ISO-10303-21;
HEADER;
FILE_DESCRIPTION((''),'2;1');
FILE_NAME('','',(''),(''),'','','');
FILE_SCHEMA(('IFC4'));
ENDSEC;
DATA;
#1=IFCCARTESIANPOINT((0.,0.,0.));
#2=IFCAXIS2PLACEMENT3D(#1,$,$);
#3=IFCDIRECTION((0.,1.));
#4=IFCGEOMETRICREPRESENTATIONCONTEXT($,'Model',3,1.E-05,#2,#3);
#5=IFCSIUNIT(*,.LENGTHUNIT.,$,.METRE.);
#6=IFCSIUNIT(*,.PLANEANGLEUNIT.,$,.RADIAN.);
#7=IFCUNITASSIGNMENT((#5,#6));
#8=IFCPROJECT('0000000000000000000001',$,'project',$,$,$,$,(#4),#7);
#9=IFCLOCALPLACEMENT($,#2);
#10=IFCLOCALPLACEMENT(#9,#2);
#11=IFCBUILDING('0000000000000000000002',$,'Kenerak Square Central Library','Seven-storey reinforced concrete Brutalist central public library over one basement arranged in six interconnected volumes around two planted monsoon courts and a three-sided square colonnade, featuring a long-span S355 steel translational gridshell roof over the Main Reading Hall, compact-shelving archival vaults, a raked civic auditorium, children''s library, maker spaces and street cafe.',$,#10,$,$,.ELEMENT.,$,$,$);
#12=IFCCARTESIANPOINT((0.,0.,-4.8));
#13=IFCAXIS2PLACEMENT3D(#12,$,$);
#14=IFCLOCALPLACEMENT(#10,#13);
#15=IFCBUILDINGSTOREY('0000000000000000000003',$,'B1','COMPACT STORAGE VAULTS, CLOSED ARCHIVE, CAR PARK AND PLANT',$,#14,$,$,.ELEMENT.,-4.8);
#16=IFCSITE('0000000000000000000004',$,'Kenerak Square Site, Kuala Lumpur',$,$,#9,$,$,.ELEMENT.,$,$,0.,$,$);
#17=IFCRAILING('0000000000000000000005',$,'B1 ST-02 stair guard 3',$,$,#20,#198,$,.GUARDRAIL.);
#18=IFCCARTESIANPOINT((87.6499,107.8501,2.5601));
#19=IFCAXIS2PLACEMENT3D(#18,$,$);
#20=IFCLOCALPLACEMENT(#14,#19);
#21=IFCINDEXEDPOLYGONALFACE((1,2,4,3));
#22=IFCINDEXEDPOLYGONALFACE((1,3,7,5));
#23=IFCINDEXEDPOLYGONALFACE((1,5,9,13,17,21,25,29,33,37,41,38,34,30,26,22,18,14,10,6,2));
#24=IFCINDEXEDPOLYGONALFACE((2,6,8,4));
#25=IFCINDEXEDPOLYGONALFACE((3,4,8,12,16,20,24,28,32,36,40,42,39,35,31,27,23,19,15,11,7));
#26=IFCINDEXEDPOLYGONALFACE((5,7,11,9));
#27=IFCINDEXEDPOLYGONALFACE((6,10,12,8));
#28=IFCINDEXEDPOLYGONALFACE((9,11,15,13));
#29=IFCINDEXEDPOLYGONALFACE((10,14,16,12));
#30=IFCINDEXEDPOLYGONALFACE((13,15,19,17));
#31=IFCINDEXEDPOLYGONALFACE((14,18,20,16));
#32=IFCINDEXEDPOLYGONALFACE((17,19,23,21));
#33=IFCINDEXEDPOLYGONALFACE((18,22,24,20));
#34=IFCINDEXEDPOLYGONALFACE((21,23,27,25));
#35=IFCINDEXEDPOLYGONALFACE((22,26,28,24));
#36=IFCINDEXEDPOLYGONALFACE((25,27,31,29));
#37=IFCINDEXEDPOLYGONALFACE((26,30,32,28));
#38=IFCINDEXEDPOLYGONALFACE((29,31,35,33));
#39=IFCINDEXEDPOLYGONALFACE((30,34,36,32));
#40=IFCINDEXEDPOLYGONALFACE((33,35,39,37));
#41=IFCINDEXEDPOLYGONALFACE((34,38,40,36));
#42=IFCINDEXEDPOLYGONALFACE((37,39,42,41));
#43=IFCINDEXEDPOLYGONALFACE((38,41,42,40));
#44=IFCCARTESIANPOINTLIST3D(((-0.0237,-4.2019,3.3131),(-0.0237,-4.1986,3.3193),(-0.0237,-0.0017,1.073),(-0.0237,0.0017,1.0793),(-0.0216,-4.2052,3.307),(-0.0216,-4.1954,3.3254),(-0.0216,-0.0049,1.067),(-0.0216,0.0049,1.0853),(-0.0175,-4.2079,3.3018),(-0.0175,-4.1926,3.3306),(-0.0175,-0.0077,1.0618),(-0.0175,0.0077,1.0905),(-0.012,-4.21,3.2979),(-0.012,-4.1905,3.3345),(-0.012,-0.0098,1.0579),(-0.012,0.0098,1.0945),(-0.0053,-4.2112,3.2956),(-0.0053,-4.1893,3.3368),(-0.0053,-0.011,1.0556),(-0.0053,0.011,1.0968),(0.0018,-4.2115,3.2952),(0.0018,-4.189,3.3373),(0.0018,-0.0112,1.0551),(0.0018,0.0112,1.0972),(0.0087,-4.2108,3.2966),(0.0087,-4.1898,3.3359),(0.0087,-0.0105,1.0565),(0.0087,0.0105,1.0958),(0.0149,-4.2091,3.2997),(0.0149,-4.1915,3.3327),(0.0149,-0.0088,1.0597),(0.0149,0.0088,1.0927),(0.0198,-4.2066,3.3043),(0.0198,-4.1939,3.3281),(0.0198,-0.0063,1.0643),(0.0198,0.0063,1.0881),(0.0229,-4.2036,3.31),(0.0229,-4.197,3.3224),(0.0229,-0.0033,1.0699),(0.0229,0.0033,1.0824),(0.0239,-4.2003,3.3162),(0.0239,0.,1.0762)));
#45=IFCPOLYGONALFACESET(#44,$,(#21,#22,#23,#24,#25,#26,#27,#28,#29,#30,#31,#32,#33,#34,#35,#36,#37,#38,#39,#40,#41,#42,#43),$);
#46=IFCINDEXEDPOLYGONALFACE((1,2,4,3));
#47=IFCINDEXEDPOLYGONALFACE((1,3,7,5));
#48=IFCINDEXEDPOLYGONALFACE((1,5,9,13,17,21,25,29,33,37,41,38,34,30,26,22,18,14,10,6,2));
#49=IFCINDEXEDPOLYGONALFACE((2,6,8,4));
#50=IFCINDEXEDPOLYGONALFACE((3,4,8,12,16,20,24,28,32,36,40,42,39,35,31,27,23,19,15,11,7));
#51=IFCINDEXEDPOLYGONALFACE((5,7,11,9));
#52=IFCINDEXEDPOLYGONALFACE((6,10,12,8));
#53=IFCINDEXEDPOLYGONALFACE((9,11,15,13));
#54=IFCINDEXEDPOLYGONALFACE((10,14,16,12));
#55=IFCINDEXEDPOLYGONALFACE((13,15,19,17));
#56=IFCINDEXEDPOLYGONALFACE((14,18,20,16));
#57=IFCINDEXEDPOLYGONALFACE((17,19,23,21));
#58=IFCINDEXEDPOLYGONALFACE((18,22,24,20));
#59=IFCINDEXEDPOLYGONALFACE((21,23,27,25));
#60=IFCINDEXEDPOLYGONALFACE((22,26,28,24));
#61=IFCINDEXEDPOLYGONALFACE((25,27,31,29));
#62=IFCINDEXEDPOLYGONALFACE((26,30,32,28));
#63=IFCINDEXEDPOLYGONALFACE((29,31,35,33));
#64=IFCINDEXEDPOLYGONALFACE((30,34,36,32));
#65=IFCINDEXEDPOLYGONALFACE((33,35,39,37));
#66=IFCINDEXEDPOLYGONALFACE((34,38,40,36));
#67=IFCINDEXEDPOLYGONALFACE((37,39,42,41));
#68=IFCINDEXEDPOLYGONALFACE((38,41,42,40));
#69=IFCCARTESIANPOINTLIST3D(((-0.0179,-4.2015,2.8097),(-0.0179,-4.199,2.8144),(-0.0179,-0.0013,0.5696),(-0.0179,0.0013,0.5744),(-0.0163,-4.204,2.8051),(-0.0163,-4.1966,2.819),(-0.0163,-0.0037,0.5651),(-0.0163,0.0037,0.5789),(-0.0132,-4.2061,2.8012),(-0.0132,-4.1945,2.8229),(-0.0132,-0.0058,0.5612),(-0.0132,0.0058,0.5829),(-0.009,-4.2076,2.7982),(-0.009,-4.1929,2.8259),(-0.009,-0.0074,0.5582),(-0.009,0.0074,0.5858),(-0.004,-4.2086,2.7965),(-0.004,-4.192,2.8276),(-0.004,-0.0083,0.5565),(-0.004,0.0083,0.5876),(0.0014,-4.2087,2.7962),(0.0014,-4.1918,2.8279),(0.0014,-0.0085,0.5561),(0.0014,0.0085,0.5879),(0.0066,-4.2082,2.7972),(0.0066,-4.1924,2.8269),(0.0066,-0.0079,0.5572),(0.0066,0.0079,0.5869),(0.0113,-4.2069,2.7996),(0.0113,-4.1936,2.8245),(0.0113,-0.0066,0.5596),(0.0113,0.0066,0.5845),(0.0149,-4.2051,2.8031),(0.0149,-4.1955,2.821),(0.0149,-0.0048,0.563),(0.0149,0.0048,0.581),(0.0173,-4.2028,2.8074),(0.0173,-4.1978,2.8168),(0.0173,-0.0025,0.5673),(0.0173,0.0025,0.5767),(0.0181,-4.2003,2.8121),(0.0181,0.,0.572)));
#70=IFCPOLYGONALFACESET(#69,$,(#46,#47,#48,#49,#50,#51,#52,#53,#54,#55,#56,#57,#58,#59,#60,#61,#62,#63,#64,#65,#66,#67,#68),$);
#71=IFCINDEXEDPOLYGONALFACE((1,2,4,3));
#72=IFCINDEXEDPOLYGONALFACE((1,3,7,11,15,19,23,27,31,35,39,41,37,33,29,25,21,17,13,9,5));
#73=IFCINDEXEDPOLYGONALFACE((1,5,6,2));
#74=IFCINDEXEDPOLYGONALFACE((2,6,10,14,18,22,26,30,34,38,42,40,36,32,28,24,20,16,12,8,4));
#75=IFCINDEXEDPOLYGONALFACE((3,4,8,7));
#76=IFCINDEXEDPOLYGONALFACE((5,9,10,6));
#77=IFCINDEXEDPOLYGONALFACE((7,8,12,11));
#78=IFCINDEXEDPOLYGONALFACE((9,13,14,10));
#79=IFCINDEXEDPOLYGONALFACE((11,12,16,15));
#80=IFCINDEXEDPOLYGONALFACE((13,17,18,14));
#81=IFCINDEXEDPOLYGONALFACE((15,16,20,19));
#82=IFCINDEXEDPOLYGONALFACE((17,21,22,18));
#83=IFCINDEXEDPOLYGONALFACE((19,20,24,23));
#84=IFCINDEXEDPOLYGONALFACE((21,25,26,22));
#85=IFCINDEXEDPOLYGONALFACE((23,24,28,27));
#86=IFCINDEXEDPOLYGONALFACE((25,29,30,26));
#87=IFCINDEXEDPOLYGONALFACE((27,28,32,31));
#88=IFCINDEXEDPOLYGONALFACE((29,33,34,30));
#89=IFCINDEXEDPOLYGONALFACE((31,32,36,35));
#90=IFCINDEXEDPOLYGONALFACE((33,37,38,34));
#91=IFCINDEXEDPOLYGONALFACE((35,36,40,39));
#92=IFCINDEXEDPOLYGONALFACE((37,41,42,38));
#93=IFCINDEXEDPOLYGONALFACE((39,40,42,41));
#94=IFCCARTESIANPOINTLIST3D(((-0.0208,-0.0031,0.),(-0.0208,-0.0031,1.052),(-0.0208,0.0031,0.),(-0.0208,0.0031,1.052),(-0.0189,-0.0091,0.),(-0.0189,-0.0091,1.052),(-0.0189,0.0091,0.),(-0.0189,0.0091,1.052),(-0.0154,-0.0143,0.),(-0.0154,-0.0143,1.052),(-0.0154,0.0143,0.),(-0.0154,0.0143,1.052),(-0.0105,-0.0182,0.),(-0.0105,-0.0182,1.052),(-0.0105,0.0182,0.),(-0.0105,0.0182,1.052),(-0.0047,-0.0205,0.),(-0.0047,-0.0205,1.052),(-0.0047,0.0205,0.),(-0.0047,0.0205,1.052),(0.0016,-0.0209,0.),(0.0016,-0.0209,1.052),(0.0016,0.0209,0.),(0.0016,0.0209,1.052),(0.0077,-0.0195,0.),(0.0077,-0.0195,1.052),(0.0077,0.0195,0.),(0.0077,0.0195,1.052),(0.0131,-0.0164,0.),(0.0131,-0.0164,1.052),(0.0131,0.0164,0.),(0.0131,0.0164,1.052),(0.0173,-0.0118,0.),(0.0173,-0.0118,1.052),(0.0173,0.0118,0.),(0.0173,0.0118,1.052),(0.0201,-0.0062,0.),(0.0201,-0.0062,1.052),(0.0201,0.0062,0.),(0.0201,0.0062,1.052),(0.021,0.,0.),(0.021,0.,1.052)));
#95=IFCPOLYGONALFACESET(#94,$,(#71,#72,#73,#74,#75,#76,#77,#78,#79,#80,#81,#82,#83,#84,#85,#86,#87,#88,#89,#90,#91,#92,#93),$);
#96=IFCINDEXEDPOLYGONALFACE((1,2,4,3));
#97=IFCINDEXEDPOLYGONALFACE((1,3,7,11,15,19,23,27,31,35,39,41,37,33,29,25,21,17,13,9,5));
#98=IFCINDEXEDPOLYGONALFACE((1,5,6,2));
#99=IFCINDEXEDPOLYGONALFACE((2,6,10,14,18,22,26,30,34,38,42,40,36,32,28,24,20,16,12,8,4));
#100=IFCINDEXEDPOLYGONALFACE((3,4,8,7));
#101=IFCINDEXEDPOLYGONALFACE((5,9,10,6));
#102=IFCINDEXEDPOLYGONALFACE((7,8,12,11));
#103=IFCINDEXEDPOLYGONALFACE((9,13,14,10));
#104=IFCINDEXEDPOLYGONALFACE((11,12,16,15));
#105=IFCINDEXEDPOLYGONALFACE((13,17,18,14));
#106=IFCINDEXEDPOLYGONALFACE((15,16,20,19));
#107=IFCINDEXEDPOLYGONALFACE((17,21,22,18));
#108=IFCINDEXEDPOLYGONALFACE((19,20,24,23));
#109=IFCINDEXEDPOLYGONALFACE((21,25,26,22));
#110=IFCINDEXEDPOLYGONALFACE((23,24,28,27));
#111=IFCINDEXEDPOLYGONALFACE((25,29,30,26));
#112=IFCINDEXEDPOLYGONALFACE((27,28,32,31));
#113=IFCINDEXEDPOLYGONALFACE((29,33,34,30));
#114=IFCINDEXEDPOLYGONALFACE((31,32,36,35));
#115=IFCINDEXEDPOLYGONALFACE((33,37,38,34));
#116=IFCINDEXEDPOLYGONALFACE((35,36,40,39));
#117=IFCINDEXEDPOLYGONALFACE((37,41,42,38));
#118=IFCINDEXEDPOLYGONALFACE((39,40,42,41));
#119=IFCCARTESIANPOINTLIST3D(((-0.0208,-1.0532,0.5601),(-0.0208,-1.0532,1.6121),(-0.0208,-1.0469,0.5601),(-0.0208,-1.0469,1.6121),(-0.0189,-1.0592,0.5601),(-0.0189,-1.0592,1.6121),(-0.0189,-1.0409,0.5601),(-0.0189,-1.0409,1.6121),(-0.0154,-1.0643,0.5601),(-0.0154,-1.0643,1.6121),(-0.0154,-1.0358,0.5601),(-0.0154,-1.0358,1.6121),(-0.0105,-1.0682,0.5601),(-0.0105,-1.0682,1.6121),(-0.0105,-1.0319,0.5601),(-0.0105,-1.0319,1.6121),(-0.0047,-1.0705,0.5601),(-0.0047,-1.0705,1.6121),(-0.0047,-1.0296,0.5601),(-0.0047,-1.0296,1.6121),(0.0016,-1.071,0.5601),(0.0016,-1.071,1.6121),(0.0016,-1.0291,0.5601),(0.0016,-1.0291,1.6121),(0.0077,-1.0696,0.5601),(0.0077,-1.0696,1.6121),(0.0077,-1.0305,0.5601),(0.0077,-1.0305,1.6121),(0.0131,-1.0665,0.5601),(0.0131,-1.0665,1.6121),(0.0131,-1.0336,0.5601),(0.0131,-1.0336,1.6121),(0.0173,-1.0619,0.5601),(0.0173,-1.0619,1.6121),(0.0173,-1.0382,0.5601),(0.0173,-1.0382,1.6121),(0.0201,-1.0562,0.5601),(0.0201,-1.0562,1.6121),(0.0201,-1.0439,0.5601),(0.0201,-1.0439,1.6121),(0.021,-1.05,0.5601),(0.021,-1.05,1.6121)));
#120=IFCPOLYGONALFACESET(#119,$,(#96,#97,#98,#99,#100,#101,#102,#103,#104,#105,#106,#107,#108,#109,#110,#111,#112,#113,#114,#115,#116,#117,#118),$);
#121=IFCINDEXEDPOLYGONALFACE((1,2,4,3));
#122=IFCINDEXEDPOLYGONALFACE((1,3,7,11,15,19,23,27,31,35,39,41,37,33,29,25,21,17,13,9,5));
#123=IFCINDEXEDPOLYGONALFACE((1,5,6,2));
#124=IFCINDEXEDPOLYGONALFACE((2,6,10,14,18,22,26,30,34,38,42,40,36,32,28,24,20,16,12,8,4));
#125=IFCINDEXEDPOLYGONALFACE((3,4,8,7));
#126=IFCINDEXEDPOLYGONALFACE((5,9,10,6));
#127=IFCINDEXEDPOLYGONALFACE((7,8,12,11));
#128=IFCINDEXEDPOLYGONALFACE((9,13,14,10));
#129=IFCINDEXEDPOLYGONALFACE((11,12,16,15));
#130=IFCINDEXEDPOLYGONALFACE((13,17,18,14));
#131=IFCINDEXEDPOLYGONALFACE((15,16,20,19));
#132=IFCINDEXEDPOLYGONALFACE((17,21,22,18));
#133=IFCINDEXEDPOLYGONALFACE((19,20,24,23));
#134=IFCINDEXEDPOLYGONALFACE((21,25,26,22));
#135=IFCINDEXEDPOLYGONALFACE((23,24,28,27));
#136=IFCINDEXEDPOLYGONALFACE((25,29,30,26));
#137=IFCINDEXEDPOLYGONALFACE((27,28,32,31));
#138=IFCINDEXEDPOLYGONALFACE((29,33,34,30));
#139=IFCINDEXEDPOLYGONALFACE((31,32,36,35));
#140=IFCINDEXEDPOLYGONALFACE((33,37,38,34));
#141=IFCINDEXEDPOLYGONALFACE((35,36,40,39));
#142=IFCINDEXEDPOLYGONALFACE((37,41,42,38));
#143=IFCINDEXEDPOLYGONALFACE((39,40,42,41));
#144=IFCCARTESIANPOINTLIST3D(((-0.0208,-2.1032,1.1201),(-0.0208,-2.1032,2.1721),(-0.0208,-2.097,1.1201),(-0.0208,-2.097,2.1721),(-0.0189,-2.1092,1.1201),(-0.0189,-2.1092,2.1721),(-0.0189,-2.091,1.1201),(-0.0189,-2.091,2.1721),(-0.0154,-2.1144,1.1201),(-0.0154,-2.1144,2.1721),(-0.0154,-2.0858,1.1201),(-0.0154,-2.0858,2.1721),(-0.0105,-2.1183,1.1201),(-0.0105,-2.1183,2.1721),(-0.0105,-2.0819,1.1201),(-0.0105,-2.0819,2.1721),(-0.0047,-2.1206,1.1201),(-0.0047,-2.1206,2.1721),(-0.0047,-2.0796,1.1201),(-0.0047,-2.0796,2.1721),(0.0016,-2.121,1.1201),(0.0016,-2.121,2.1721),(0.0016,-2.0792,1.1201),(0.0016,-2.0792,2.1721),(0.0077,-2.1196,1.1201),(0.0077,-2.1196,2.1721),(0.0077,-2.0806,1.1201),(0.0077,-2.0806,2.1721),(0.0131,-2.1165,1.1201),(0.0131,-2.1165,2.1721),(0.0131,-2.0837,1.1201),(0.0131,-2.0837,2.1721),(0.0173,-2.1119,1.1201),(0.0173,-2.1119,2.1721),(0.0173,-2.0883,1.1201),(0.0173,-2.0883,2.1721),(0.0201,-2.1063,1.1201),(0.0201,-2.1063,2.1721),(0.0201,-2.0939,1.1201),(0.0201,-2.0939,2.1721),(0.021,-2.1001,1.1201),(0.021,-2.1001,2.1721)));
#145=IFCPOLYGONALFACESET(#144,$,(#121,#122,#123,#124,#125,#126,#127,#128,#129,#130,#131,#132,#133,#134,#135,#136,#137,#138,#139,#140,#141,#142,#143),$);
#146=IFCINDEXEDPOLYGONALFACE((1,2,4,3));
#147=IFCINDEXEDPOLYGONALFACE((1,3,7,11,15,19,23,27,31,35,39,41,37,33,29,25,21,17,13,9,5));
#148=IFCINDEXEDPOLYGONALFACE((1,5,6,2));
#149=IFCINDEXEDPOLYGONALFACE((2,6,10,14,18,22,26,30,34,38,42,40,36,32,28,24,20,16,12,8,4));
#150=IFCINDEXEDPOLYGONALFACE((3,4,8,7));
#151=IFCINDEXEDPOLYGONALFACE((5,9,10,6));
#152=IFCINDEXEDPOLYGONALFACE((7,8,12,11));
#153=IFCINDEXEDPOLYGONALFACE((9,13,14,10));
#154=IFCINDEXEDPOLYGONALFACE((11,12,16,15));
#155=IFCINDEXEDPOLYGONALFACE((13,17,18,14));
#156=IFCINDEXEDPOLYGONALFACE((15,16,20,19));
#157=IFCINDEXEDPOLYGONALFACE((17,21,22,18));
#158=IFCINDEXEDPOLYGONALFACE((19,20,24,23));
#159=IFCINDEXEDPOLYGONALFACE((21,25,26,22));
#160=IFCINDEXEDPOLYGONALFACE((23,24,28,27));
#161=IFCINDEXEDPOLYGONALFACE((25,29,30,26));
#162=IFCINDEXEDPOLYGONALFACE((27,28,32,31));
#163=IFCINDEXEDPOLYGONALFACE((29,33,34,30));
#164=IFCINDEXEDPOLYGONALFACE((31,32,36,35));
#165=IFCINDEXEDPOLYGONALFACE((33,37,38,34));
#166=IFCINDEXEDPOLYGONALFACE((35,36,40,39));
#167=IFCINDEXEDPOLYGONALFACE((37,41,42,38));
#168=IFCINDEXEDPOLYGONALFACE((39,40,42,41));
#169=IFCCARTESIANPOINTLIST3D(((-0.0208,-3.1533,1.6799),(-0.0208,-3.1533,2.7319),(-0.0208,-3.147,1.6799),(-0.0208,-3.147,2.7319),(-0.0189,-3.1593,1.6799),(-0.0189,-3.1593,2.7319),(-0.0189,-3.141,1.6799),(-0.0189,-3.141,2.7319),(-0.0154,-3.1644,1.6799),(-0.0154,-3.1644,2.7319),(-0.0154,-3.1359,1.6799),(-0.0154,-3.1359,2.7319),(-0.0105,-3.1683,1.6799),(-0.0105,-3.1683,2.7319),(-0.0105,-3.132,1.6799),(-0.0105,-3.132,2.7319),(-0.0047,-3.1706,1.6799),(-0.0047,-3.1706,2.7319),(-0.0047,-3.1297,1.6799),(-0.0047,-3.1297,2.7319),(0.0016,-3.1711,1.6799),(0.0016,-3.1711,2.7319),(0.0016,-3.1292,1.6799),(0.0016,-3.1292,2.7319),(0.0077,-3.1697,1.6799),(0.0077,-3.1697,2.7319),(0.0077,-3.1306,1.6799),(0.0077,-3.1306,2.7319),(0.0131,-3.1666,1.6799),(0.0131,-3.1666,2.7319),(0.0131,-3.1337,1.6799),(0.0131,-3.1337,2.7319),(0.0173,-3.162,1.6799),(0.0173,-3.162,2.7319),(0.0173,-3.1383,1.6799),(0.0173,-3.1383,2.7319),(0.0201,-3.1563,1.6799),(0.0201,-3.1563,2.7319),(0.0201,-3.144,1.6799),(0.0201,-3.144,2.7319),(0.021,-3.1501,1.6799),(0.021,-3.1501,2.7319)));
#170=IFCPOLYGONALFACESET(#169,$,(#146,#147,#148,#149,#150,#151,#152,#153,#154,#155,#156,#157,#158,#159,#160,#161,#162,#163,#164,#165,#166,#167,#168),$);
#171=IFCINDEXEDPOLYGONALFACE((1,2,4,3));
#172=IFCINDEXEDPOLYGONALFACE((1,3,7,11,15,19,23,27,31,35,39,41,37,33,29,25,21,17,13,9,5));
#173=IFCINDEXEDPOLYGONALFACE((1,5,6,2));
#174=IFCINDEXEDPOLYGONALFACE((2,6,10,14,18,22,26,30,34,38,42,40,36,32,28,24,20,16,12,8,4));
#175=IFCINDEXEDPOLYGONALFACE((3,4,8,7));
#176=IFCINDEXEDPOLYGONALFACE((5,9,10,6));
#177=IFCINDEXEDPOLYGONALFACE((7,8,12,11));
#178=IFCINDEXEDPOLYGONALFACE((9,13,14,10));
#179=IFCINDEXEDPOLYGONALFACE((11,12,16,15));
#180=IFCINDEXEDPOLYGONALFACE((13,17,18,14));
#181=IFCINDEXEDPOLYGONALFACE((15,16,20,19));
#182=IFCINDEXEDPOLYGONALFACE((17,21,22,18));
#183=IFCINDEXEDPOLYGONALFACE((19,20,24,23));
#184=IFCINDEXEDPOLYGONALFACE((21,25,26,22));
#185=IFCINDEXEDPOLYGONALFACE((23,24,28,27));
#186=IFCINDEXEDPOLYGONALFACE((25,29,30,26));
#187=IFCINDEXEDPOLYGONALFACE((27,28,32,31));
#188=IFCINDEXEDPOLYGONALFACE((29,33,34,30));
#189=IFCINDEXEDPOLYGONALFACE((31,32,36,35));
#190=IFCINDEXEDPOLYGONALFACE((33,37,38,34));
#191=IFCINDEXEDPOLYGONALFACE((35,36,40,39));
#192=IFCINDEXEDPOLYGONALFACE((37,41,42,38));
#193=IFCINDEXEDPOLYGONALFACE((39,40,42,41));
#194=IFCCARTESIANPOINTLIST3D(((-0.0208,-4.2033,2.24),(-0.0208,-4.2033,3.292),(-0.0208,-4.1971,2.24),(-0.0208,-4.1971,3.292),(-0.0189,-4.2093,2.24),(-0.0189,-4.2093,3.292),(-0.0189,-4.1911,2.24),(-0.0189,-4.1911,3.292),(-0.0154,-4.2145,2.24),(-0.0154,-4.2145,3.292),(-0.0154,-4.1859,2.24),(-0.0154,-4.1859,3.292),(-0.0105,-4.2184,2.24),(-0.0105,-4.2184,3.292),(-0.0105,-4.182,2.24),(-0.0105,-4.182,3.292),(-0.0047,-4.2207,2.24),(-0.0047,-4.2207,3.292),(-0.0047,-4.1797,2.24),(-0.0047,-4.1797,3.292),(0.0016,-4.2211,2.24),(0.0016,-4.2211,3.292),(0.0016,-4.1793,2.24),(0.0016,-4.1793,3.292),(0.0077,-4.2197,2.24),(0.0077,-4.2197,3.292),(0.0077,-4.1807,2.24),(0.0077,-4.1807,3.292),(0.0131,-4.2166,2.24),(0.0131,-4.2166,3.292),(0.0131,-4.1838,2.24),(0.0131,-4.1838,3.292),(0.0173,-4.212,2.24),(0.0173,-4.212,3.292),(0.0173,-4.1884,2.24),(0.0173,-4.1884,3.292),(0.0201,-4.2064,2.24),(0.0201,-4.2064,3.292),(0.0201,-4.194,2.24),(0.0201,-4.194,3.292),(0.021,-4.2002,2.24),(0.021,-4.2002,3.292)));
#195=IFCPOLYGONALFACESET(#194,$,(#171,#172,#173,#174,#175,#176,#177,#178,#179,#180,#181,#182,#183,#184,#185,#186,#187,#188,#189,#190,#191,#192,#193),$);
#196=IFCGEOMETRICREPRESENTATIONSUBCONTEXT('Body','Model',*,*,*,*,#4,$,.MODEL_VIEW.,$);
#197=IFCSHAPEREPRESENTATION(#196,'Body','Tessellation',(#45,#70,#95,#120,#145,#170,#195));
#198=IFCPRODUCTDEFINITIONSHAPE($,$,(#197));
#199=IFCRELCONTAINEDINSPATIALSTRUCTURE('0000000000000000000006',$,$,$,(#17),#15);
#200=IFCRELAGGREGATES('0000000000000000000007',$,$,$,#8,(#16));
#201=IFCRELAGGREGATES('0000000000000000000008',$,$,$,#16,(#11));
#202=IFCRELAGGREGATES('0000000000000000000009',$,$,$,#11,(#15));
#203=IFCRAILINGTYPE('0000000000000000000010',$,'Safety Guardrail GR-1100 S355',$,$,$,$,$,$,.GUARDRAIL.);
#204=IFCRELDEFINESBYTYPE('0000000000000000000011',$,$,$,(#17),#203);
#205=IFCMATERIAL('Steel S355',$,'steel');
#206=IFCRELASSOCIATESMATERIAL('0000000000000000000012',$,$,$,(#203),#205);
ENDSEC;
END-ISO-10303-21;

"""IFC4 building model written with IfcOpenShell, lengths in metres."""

from ifc_helpers import new_model, si_unit, direction, frame, origin, origin_2d, place, context, subcontext, project, spatial, circle, extrude, material, type_object, element, save


model = new_model("IFC4")

# Units and contexts
model_context = context("Model", 3, precision=1e-05, world=origin(), true_north=direction((0.0, 1.0)))
body_context = subcontext(model_context, "Body", "Model", "MODEL_VIEW")
ifc_project = project(units=[si_unit("LENGTHUNIT", "METRE"), si_unit("PLANEANGLEUNIT", "RADIAN")], contexts=[model_context])

# Site, building, storey
site_placement = place(None, origin())
site = spatial("IfcSite", under=ifc_project, at=site_placement, Name="Kenerak Square Site, Kuala Lumpur", CompositionType="ELEMENT", RefElevation=0.0)
building_placement = place(site_placement, origin())
building = spatial("IfcBuilding", under=site, at=building_placement, Name="Kenerak Square Central Library", Description="Seven-storey reinforced concrete Brutalist central public library over one basement arranged in six interconnected volumes around two planted monsoon courts and a three-sided square colonnade, featuring a long-span S355 steel translational gridshell roof over the Main Reading Hall, compact-shelving archival vaults, a raked civic auditorium, children's library, maker spaces and street cafe.", CompositionType="ELEMENT")
storey_placement = place(building_placement, frame((0.0, 0.0, -4.8)))
storey = spatial("IfcBuildingStorey", under=building, at=storey_placement, Name="B1", Description="COMPACT STORAGE VAULTS, CLOSED ARCHIVE, CAR PARK AND PLANT", CompositionType="ELEMENT", Elevation=-4.8)

# Railing
ifc_material_1 = material(Name="Steel S355", Category="steel")
railing_type_1 = type_object("IfcRailingType", Name="Safety Guardrail GR-1100 S355", PredefinedType="GUARDRAIL", material=ifc_material_1)
railing_1_placement = place(storey_placement, frame((87.6499, 107.8501, 2.5601)))
element("IfcRailing", 1, at=railing_1_placement, inside=storey, type_object=railing_type_1, Name="B1 ST-02 stair guard 3", PredefinedType="GUARDRAIL", context=body_context, shape_type="SweptSolid", body=[
    extrude(circle(Radius=0.0239, at=origin_2d()), frame((0.0, 0.0, 1.0762), z_axis=(0.0, -0.882363, 0.47057), x_axis=(1.0, 0.0, 0.0)), (0.0, 0.0, 1.0), 4.7603),
    extrude(circle(Radius=0.0181, at=origin_2d()), frame((0.0, 0.0, 0.572), z_axis=(0.0, -0.882363, 0.47057), x_axis=(1.0, 0.0, 0.0)), (0.0, 0.0, 1.0), 4.7603),
    extrude(circle(Radius=0.021, at=origin_2d()), origin(), (0.0, 0.0, 1.0), 1.052),
    extrude(circle(Radius=0.021, at=origin_2d()), frame((0.0, -1.05, 0.5601)), (0.0, 0.0, 1.0), 1.052),
    extrude(circle(Radius=0.021, at=origin_2d()), frame((0.0, -2.1001, 1.1201)), (0.0, 0.0, 1.0), 1.052),
    extrude(circle(Radius=0.021, at=origin_2d()), frame((0.0, -3.1501, 1.6799)), (0.0, 0.0, 1.0), 1.052),
    extrude(circle(Radius=0.021, at=origin_2d()), frame((0.0, -4.2002, 2.24)), (0.0, 0.0, 1.0), 1.052),
])

save(model, "model.ifc")
